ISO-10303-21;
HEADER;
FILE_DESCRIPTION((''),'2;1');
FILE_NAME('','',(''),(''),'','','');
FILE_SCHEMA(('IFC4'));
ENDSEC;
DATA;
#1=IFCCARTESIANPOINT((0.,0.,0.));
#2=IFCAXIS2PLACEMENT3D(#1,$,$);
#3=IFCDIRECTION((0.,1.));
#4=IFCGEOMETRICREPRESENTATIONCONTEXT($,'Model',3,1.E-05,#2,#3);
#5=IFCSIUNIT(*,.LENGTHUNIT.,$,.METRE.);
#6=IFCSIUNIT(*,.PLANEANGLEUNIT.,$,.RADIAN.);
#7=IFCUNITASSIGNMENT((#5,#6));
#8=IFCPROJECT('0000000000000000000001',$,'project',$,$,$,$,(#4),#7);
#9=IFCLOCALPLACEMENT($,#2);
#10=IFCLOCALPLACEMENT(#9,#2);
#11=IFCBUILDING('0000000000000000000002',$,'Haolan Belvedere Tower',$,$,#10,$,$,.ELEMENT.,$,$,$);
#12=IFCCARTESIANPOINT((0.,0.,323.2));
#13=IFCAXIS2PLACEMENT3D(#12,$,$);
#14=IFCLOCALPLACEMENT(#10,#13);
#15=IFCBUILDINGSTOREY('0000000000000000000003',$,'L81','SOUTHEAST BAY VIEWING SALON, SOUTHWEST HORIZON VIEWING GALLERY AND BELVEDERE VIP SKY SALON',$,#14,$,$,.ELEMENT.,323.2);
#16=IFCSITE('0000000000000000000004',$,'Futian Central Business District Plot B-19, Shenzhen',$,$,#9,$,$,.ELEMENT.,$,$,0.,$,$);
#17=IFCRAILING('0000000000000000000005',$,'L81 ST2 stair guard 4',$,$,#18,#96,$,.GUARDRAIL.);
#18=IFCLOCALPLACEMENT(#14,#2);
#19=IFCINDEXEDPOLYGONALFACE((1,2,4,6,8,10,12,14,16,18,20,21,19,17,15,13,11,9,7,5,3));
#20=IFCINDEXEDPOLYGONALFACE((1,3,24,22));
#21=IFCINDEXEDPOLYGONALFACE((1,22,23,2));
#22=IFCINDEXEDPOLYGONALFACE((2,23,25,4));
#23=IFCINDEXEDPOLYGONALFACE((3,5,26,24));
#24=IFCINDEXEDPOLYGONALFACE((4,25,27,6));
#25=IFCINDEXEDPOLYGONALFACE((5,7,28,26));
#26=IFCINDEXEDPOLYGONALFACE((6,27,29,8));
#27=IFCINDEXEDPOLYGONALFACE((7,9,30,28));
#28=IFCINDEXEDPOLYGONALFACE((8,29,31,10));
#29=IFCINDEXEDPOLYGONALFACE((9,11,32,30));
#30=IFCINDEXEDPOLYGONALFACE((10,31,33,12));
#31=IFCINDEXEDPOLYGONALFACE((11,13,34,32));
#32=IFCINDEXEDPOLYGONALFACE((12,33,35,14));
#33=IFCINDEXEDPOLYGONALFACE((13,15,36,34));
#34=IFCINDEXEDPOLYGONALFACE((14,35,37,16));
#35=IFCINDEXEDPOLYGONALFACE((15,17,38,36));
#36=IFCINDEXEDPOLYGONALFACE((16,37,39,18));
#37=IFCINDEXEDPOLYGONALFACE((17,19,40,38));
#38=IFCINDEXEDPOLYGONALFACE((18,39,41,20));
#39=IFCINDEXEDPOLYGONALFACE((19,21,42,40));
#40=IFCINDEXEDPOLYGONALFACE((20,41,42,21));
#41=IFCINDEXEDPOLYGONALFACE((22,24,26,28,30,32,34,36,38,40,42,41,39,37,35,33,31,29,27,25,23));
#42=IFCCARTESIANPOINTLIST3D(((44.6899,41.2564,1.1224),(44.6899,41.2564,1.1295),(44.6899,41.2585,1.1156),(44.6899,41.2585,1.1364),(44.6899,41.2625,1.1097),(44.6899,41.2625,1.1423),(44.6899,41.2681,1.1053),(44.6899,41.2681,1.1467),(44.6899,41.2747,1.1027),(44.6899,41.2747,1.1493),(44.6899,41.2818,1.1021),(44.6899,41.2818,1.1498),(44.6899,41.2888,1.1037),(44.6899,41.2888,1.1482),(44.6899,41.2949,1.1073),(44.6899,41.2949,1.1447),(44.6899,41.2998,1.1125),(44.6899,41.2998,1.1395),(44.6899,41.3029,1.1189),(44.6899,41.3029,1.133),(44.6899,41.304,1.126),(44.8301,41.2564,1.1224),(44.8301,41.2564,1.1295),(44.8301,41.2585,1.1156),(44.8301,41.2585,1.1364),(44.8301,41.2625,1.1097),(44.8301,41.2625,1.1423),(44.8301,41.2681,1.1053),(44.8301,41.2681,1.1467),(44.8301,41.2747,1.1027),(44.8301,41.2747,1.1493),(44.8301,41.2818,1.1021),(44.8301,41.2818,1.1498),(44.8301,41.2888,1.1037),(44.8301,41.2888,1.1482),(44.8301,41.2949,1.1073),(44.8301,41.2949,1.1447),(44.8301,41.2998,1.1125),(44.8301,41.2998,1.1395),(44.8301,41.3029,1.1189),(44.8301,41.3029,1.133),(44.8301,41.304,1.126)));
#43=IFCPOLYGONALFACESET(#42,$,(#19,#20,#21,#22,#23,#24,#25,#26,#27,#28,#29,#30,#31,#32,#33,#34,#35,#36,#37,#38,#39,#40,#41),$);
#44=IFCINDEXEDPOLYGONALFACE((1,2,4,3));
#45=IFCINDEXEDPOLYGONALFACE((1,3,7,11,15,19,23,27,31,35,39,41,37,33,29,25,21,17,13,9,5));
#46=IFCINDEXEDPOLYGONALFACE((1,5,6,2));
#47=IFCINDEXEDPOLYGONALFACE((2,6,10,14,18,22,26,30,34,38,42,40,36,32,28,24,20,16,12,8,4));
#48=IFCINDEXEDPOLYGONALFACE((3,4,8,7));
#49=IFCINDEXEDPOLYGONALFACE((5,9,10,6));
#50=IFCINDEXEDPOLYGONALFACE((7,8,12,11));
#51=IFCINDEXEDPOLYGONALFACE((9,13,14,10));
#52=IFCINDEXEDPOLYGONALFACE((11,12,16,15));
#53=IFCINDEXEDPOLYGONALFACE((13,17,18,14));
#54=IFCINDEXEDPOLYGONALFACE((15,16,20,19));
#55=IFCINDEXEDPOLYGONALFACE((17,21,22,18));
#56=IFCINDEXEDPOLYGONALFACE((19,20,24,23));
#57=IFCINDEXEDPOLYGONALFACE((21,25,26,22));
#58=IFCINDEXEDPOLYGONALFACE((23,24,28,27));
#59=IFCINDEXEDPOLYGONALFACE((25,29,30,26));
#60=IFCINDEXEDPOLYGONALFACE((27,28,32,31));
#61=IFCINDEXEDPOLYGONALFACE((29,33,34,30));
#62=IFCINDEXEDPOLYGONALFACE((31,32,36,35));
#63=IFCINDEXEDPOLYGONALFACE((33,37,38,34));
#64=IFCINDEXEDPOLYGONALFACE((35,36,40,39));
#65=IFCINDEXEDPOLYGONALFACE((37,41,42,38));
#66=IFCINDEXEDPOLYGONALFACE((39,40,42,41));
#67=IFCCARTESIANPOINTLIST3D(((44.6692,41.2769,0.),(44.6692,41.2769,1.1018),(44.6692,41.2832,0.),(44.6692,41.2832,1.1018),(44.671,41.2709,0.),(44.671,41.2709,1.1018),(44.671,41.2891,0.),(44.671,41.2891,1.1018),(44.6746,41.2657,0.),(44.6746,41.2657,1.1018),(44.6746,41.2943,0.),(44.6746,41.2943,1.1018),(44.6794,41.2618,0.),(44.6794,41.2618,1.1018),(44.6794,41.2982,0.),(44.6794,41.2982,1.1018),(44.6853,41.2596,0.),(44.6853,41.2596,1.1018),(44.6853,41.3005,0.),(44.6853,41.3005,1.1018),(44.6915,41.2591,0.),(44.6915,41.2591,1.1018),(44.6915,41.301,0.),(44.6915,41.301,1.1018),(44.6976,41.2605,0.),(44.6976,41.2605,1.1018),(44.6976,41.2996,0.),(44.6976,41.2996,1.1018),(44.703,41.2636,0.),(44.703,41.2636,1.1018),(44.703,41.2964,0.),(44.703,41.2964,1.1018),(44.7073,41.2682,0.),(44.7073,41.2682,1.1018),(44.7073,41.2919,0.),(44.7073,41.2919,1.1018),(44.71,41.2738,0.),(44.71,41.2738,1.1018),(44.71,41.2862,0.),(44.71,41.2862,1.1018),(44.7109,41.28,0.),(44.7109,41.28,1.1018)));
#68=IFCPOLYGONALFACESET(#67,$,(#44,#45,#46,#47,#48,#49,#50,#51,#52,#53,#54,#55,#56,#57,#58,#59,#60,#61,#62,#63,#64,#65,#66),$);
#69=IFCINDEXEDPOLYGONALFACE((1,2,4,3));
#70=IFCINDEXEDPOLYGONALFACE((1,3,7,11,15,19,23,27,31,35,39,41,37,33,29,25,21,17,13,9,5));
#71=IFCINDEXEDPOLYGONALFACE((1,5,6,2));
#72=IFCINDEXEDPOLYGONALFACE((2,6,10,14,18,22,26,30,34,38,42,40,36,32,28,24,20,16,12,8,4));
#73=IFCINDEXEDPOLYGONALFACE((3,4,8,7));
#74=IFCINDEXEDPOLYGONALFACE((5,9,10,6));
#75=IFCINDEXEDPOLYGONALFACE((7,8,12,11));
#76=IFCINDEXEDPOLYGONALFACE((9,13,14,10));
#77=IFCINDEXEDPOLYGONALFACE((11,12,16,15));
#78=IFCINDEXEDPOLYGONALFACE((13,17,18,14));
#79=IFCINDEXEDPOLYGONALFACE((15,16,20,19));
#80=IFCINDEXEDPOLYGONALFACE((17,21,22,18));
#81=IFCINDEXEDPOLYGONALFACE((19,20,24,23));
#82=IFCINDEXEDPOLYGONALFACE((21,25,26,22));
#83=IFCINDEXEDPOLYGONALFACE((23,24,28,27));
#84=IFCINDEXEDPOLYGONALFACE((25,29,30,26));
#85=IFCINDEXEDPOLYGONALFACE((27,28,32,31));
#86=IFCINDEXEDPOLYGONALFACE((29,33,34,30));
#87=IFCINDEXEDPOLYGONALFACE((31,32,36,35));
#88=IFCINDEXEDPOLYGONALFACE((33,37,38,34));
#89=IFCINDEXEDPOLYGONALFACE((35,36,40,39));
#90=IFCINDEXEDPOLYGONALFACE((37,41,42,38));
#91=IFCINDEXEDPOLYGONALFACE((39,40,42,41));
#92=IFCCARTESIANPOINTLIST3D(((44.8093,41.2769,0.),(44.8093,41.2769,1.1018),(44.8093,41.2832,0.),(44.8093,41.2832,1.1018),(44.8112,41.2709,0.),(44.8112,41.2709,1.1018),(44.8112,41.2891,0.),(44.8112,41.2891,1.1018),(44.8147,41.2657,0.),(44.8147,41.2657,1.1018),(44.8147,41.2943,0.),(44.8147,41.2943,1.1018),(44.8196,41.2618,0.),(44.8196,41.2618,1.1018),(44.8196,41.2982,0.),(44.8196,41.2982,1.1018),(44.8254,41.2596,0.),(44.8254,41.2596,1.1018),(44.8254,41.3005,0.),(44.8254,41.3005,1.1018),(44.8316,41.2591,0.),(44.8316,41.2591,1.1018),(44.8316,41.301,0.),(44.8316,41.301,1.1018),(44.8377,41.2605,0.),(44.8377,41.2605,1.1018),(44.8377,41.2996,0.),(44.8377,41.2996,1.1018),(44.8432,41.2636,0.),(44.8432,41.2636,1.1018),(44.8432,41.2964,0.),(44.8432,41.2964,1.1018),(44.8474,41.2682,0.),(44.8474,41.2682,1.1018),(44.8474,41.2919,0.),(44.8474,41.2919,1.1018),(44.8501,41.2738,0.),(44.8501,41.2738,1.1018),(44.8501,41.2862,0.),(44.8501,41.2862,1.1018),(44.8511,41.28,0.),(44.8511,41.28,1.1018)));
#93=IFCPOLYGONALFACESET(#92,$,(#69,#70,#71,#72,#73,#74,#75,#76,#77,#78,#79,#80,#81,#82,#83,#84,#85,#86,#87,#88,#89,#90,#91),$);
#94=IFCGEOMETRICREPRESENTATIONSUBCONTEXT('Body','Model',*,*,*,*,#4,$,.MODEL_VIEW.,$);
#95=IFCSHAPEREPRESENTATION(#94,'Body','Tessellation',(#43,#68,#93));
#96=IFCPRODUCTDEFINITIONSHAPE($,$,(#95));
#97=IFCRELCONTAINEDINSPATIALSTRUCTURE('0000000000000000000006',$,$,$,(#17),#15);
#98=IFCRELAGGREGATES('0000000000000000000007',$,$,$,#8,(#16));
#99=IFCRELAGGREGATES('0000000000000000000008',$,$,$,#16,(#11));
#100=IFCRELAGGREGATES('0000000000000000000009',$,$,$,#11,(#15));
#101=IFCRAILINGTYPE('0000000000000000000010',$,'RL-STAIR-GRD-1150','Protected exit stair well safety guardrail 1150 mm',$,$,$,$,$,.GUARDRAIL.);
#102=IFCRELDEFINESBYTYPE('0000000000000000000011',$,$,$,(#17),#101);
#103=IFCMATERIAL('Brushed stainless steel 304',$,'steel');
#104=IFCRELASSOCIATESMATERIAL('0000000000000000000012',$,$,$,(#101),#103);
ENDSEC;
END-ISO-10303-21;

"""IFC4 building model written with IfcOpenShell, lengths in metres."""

from ifc_helpers import new_model, si_unit, direction, frame, origin, origin_2d, place, context, subcontext, project, spatial, circle, extrude, material, type_object, element, save


model = new_model("IFC4")

# Units and contexts
model_context = context("Model", 3, precision=1e-05, world=origin(), true_north=direction((0.0, 1.0)))
body_context = subcontext(model_context, "Body", "Model", "MODEL_VIEW")
ifc_project = project(units=[si_unit("LENGTHUNIT", "METRE"), si_unit("PLANEANGLEUNIT", "RADIAN")], contexts=[model_context])

# Site, building, storey
site_placement = place(None, origin())
site = spatial("IfcSite", under=ifc_project, at=site_placement, Name="Futian Central Business District Plot B-19, Shenzhen", CompositionType="ELEMENT", RefElevation=0.0)
building_placement = place(site_placement, origin())
building = spatial("IfcBuilding", under=site, at=building_placement, Name="Haolan Belvedere Tower", CompositionType="ELEMENT")
storey_placement = place(building_placement, frame((0.0, 0.0, 323.2)))
storey = spatial("IfcBuildingStorey", under=building, at=storey_placement, Name="L81", Description="SOUTHEAST BAY VIEWING SALON, SOUTHWEST HORIZON VIEWING GALLERY AND BELVEDERE VIP SKY SALON", CompositionType="ELEMENT", Elevation=323.2)

# Railing
ifc_material_1 = material(Name="Brushed stainless steel 304", Category="steel")
railing_type_1 = type_object("IfcRailingType", Name="RL-STAIR-GRD-1150", Description="Protected exit stair well safety guardrail 1150 mm", PredefinedType="GUARDRAIL", material=ifc_material_1)
railing_1_placement = place(storey_placement, frame((44.6899, 41.28, 0.0)))
element("IfcRailing", 1, at=railing_1_placement, inside=storey, type_object=railing_type_1, Name="L81 ST2 stair guard 4", PredefinedType="GUARDRAIL", context=body_context, shape_type="SweptSolid", body=[
    extrude(circle(Radius=0.0239, at=origin_2d()), frame((0.0, 0.0, 1.126), z_axis=(1.0, 0.0, 0.0), x_axis=(0.0, 1.0, 0.0)), (0.0, 0.0, 1.0), 0.1401),
    extrude(circle(Radius=0.021, at=origin_2d()), origin(), (0.0, 0.0, 1.0), 1.1018),
    extrude(circle(Radius=0.021, at=origin_2d()), frame((0.1401, 0.0, 0.0)), (0.0, 0.0, 1.0), 1.1018),
])

save(model, "model.ifc")
